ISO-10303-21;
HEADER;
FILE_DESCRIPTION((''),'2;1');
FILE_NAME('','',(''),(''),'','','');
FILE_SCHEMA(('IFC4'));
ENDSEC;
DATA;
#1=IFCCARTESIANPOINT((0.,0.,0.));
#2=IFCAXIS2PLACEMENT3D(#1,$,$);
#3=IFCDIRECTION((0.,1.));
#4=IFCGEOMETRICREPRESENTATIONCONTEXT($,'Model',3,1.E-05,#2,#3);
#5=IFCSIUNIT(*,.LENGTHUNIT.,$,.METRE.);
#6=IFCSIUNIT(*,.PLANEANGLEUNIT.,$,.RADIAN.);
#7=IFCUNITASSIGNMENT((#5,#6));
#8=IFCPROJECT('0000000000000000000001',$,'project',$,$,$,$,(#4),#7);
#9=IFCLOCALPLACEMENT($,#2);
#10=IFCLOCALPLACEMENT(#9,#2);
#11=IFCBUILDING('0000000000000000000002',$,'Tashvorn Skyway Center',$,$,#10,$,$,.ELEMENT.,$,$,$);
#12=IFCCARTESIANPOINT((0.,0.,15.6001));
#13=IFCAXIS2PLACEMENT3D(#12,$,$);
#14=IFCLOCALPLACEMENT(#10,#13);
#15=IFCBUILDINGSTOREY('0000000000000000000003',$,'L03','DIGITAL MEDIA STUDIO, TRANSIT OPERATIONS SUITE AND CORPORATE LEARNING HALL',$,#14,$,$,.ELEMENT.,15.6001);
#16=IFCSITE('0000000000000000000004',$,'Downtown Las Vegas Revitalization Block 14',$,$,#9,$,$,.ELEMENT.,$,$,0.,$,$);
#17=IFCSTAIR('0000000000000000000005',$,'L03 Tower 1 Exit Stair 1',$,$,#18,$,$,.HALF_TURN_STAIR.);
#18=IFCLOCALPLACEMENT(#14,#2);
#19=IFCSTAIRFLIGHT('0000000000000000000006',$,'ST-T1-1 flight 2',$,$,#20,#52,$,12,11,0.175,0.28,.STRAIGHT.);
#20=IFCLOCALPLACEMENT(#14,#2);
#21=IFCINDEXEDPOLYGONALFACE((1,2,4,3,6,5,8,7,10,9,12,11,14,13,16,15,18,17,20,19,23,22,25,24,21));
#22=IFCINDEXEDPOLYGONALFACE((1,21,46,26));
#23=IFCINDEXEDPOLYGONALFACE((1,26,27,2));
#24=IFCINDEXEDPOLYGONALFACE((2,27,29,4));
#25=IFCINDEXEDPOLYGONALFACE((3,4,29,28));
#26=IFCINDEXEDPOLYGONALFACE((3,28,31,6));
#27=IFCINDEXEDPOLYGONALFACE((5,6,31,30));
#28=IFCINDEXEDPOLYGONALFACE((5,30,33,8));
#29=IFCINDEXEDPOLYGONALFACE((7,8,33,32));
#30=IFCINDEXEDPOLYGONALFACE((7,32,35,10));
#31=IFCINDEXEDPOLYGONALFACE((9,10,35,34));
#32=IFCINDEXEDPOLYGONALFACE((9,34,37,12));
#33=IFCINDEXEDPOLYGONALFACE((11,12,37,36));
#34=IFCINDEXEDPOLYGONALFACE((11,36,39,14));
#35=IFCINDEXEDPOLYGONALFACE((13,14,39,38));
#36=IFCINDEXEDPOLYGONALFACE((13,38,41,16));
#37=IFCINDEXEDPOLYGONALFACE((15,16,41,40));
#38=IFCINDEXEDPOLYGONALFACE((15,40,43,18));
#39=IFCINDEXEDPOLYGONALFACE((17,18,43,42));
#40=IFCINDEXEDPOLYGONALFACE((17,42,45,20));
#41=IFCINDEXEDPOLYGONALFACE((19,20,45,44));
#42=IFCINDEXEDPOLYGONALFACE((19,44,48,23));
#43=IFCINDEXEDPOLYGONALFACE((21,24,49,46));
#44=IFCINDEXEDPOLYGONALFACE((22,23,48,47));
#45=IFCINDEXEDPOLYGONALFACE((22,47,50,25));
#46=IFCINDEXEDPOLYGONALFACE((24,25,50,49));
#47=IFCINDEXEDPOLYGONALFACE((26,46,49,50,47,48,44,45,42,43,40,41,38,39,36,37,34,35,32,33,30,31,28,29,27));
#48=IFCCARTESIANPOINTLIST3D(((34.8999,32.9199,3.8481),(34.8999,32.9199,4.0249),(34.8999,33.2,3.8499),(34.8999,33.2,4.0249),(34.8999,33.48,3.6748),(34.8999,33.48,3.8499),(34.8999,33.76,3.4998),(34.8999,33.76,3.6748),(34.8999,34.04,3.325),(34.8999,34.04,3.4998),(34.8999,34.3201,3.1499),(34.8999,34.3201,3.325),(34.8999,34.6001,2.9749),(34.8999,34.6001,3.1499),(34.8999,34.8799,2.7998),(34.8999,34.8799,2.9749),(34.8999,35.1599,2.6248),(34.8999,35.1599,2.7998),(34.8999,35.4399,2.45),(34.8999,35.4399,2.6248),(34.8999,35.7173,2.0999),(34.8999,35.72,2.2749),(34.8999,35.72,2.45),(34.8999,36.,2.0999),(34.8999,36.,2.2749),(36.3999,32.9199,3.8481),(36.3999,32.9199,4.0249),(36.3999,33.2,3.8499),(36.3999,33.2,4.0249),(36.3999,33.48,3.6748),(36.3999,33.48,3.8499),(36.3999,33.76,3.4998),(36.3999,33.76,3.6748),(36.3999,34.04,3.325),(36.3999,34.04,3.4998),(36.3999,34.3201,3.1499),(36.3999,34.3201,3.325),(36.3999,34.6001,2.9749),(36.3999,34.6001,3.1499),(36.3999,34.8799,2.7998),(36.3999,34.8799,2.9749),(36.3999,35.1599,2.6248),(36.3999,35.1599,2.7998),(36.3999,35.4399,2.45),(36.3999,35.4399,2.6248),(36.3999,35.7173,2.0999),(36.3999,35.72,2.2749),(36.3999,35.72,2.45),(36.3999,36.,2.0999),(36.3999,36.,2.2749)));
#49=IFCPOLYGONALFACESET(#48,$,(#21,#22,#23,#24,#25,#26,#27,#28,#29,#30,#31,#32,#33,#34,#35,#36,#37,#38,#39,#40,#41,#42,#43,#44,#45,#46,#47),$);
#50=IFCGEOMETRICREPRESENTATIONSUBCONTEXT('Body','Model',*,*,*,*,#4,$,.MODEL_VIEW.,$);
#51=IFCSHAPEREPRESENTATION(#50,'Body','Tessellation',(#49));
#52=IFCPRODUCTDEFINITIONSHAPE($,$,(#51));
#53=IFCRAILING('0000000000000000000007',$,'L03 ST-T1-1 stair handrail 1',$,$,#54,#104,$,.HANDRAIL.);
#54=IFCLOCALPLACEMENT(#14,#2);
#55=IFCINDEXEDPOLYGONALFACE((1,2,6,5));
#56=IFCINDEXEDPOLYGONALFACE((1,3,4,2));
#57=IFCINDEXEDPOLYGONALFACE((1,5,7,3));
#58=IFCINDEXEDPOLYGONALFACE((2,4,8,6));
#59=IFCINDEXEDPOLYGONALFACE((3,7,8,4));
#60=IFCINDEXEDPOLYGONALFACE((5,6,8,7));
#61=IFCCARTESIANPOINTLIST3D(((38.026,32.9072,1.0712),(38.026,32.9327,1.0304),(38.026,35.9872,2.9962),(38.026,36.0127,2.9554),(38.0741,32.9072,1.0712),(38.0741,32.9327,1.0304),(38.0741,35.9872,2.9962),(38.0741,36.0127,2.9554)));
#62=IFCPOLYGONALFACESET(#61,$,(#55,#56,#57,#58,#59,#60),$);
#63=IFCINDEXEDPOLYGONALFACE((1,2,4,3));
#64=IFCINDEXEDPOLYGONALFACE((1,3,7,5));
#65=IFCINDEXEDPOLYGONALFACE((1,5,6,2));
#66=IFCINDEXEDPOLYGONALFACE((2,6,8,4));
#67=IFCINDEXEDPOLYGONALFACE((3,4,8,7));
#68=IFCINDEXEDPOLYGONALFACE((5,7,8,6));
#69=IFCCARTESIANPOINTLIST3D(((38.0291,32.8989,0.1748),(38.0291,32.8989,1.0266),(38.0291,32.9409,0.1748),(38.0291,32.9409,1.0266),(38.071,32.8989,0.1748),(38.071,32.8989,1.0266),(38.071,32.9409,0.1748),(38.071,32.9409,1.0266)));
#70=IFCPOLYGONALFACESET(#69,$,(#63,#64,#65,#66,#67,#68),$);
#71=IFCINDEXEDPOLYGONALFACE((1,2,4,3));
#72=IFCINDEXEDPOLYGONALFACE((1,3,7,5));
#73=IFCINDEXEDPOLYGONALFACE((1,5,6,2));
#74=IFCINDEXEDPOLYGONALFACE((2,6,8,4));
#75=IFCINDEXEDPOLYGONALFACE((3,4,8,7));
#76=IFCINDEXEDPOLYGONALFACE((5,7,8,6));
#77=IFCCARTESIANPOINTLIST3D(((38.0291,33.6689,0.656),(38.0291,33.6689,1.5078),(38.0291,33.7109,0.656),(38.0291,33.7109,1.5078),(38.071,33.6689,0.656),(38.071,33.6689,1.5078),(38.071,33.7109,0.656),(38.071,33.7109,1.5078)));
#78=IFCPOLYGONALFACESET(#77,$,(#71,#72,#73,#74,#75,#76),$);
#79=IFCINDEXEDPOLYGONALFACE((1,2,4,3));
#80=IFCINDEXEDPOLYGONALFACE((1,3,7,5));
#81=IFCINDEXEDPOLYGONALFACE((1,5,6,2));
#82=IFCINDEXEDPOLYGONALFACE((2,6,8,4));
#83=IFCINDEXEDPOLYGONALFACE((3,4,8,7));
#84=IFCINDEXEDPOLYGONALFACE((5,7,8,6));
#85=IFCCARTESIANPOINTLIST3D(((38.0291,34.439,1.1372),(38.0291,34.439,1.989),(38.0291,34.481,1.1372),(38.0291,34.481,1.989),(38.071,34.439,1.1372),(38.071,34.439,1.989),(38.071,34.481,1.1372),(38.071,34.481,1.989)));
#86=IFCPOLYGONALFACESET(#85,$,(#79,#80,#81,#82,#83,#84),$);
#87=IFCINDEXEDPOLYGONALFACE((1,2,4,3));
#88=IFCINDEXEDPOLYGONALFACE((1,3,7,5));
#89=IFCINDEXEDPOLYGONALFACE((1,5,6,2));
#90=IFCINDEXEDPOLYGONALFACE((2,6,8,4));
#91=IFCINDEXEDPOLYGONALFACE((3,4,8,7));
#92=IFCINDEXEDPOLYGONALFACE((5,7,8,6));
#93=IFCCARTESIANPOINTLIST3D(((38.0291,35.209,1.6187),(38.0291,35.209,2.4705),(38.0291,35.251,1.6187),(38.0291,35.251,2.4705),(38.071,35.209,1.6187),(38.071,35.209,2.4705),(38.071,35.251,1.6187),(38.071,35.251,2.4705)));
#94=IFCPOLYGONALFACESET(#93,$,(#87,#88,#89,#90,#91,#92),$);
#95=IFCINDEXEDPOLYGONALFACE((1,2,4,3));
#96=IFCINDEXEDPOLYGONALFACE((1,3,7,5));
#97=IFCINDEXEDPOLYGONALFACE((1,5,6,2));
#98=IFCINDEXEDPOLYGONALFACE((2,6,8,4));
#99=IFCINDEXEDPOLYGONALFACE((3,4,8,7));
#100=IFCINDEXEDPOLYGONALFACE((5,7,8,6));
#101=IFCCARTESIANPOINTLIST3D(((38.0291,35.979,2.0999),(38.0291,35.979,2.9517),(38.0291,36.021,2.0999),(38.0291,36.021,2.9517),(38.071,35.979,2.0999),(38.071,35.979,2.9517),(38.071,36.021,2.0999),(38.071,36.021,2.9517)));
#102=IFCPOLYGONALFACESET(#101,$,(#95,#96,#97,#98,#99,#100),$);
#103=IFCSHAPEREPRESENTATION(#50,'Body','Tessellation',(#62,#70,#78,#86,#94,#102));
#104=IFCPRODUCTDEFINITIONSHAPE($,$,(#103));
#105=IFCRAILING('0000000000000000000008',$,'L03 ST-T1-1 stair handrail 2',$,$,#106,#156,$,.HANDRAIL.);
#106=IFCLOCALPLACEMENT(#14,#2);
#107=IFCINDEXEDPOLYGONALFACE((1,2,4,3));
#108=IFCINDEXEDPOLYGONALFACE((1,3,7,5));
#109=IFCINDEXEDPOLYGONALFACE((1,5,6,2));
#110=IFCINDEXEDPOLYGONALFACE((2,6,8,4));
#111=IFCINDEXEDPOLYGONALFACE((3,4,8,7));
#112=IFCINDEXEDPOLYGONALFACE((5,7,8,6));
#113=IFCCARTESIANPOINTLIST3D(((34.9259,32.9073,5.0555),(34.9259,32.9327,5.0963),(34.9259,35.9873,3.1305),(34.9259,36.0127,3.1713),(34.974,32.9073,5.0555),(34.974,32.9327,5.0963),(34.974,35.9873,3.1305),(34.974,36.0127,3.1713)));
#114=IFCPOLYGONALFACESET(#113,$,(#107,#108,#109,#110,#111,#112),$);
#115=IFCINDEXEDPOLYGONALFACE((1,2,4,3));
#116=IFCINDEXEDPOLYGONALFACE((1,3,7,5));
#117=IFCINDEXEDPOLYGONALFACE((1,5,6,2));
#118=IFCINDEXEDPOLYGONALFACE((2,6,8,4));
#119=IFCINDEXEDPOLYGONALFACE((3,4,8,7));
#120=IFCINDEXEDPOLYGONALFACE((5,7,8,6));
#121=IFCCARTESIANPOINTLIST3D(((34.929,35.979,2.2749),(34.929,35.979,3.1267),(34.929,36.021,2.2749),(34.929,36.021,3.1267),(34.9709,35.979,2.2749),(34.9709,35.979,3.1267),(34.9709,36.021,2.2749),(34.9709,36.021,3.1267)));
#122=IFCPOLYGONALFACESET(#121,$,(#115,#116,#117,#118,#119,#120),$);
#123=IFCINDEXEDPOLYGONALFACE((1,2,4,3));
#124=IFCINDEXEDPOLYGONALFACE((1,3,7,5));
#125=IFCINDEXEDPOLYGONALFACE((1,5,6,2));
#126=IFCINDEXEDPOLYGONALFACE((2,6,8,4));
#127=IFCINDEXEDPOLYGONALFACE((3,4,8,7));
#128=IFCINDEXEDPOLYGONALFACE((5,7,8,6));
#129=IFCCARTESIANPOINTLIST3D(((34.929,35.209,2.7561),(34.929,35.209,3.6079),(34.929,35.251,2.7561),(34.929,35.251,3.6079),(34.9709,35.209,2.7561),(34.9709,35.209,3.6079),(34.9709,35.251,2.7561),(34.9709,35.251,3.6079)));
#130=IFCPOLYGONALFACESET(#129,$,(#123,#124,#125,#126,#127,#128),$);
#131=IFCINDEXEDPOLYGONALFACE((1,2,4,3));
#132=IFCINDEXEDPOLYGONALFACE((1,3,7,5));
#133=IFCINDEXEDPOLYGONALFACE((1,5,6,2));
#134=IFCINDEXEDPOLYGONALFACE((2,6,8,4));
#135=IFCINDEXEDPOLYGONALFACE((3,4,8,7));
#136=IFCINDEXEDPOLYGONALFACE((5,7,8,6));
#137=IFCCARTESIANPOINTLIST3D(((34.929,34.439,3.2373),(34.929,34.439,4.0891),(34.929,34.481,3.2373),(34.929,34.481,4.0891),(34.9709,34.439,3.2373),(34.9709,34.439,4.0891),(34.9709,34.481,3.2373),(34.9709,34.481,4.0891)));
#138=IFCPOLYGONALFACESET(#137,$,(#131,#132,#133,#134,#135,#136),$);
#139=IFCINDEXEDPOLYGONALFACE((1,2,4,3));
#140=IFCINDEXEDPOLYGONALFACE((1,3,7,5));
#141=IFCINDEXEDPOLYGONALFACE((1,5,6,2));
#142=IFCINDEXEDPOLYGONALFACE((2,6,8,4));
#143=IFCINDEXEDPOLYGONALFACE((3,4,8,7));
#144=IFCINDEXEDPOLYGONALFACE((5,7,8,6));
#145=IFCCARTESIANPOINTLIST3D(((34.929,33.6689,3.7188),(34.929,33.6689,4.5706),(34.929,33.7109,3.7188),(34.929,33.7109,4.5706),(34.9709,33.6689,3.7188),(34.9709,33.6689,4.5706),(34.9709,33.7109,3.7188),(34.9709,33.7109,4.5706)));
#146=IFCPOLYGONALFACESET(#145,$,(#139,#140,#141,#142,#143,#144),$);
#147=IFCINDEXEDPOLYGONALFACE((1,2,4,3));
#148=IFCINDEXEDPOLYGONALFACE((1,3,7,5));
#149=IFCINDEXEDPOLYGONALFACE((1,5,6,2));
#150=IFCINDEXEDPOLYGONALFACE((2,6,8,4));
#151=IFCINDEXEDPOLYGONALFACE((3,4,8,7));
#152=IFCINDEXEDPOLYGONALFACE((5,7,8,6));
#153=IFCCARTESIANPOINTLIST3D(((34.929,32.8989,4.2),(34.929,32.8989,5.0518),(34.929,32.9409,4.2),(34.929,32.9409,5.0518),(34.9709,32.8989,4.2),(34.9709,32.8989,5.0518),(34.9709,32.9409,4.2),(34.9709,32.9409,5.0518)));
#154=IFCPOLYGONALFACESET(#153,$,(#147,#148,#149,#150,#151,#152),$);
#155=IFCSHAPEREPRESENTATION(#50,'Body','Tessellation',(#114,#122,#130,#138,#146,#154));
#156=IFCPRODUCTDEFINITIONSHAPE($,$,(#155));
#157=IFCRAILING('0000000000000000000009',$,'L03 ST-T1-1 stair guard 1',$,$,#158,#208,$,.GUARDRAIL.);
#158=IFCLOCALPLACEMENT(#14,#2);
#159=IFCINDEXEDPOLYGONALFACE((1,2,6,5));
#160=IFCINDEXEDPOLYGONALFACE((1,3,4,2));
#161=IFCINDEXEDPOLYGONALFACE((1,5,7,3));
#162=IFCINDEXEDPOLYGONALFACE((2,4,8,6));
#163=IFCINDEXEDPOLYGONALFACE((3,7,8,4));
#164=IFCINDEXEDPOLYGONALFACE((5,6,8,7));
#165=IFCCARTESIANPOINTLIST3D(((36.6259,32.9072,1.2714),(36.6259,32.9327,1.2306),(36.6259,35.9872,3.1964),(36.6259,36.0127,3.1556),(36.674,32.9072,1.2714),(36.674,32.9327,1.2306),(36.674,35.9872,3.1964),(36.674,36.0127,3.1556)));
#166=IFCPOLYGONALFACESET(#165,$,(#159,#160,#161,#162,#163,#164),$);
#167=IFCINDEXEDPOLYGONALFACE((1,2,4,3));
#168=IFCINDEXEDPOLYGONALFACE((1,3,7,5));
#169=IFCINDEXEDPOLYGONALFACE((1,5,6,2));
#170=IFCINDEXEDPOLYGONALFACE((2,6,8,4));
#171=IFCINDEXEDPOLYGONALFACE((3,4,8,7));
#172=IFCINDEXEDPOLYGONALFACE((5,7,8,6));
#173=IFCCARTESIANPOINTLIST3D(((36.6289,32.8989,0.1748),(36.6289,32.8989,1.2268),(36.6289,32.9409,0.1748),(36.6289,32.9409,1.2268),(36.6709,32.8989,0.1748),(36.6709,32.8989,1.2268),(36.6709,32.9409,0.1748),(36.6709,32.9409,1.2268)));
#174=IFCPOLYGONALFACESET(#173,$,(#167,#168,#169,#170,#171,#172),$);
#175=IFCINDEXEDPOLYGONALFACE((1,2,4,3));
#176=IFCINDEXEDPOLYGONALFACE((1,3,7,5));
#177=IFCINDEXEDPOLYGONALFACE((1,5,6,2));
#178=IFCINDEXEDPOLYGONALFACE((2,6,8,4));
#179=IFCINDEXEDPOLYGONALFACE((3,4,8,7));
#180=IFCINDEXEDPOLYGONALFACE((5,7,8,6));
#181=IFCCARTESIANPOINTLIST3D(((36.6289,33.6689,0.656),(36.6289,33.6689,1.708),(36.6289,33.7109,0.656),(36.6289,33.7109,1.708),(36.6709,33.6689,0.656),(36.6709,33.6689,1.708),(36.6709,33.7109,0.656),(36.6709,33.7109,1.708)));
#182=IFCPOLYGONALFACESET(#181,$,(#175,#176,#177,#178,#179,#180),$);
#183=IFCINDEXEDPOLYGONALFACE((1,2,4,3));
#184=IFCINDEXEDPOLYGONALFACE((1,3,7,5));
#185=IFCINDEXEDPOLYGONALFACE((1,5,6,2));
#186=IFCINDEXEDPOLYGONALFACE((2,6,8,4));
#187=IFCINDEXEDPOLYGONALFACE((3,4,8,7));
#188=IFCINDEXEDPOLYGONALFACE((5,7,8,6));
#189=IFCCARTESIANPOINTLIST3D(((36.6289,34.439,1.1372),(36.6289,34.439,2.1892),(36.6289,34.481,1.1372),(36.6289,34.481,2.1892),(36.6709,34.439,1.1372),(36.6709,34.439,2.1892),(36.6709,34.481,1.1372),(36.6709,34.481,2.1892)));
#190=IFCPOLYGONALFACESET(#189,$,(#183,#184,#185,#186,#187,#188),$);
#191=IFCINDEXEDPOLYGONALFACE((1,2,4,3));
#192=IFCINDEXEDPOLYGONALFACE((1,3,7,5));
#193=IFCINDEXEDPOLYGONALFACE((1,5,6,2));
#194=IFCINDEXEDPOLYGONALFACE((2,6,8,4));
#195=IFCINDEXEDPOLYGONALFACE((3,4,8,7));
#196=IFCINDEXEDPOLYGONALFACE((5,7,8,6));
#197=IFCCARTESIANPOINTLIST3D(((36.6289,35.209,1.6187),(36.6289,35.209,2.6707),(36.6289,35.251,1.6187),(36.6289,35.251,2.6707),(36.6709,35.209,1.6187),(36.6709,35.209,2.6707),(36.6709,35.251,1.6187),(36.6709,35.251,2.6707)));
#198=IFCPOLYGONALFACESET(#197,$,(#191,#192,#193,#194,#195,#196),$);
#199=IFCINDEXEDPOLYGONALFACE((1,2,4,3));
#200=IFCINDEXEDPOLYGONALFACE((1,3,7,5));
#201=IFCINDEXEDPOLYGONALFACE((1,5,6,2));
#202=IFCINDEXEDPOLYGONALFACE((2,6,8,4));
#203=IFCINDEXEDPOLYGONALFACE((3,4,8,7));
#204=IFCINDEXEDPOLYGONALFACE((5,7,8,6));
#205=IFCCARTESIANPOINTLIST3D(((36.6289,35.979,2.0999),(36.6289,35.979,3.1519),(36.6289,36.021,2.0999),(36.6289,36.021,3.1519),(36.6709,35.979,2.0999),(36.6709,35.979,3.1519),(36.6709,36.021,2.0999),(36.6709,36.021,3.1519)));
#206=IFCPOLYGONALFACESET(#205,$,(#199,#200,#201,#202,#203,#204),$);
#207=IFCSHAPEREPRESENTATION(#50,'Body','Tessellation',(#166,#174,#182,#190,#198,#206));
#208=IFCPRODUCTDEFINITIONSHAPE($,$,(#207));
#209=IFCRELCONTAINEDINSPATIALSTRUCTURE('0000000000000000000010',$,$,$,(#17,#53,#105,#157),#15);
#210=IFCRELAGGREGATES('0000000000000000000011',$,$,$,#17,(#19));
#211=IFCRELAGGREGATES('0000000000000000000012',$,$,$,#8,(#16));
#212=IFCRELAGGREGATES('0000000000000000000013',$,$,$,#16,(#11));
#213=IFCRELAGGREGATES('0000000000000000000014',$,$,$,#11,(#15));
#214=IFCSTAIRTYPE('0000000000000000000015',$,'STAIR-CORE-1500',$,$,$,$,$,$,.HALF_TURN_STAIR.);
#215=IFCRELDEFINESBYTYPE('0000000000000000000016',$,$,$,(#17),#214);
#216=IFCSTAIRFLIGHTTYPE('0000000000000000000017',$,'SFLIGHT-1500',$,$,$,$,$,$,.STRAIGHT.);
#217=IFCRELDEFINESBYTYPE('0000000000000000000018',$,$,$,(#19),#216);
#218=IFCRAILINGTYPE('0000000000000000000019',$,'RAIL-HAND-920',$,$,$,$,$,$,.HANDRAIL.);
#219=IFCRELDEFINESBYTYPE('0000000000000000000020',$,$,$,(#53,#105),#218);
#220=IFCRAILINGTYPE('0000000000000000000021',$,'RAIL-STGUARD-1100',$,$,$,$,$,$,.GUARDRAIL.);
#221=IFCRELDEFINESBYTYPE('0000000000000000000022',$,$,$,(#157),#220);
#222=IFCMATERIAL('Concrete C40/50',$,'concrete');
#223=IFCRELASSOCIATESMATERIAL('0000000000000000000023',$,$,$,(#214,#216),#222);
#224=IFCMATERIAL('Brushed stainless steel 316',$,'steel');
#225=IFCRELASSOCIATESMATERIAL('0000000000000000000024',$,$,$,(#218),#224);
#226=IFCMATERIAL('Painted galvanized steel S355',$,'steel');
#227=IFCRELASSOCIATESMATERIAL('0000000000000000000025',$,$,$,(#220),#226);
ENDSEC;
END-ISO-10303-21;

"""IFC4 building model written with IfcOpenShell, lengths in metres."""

from ifc_helpers import new_model, si_unit, direction, frame, origin, origin_2d, place, context, subcontext, project, spatial, polyline, rectangle, outline, extrude, material, type_object, element, aggregate, save


model = new_model("IFC4")

# Units and contexts
model_context = context("Model", 3, precision=1e-05, world=origin(), true_north=direction((0.0, 1.0)))
body_context = subcontext(model_context, "Body", "Model", "MODEL_VIEW")
ifc_project = project(units=[si_unit("LENGTHUNIT", "METRE"), si_unit("PLANEANGLEUNIT", "RADIAN")], contexts=[model_context])

# Site, building, storey
site_placement = place(None, origin())
site = spatial("IfcSite", under=ifc_project, at=site_placement, Name="Downtown Las Vegas Revitalization Block 14", CompositionType="ELEMENT", RefElevation=0.0)
building_placement = place(site_placement, origin())
building = spatial("IfcBuilding", under=site, at=building_placement, Name="Tashvorn Skyway Center", CompositionType="ELEMENT")
storey_placement = place(building_placement, frame((0.0, 0.0, 15.6001)))
storey = spatial("IfcBuildingStorey", under=building, at=storey_placement, Name="L03", Description="DIGITAL MEDIA STUDIO, TRANSIT OPERATIONS SUITE AND CORPORATE LEARNING HALL", CompositionType="ELEMENT", Elevation=15.6001)

# Shared definitions
ifc_material_1 = material(Name="Concrete C40/50", Category="concrete")

# Stair, stair flight
stair_type = type_object("IfcStairType", Name="STAIR-CORE-1500", PredefinedType="HALF_TURN_STAIR", material=ifc_material_1)
stair_placement = place(storey_placement, origin())
stair = element("IfcStair", 1, at=stair_placement, inside=storey, type_object=stair_type, Name="L03 Tower 1 Exit Stair 1", PredefinedType="HALF_TURN_STAIR")
stair_flight_type = type_object("IfcStairFlightType", Name="SFLIGHT-1500", PredefinedType="STRAIGHT", material=ifc_material_1)
stair_flight_1_placement = place(storey_placement, frame((35.6499, 36.0, 2.0999), z_axis=(0.0, 0.0, 1.0), x_axis=(0.0, -1.0, 0.0)))
stair_flight_1 = element("IfcStairFlight", 2, at=stair_flight_1_placement, type_object=stair_flight_type, Name="ST-T1-1 flight 2", NumberOfRisers=12, NumberOfTreads=11, PredefinedType="STRAIGHT", RiserHeight=0.175, TreadLength=0.28, context=body_context, shape_type="SweptSolid", body=[
    extrude(outline(polyline([(0.0, 0.0), (0.0, 0.175), (0.28, 0.175), (0.28, 0.3501), (0.5601, 0.3501), (0.5601, 0.5249), (0.8401, 0.5249), (0.8401, 0.7), (1.1201, 0.7), (1.1201, 0.875), (1.3999, 0.875), (1.3999, 1.05), (1.6799, 1.05), (1.6799, 1.2251), (1.96, 1.2251), (1.96, 1.3999), (2.24, 1.3999), (2.24, 1.575), (2.52, 1.575), (2.52, 1.75), (2.8, 1.75), (2.8, 1.925), (3.0801, 1.925), (3.0801, 2.1001), (3.0801, 1.7483), (0.2827, 0.0), (0.0, 0.0)])), frame((0.0, 0.75, 0.0), z_axis=(0.0, -1.0, 0.0), x_axis=(1.0, 0.0, 0.0)), (0.0, 0.0, 1.0), 1.5),
])
aggregate(stair, [stair_flight_1])

# Railings
ifc_material_2 = material(Name="Brushed stainless steel 316", Category="steel")
railing_type_1 = type_object("IfcRailingType", Name="RAIL-HAND-920", PredefinedType="HANDRAIL", material=ifc_material_2)
railing_1_placement = place(storey_placement, frame((38.05, 32.9199, 0.1748)))
element("IfcRailing", 3, at=railing_1_placement, inside=storey, type_object=railing_type_1, Name="L03 ST-T1-1 stair handrail 1", PredefinedType="HANDRAIL", context=body_context, shape_type="SweptSolid", body=[
    extrude(rectangle(XDim=0.0481, YDim=0.0481, at=origin_2d()), frame((0.0, 0.0, 0.876), z_axis=(0.0, 0.847998, 0.529999), x_axis=(-1.0, 0.0, 0.0)), (0.0, 0.0, 1.0), 3.6321),
    extrude(rectangle(XDim=0.042, YDim=0.042, at=origin_2d()), origin(), (0.0, 0.0, 1.0), 0.8518),
    extrude(rectangle(XDim=0.042, YDim=0.042, at=origin_2d()), frame((0.0, 0.77, 0.4812)), (0.0, 0.0, 1.0), 0.8518),
    extrude(rectangle(XDim=0.042, YDim=0.042, at=origin_2d()), frame((0.0, 1.54, 0.9624)), (0.0, 0.0, 1.0), 0.8518),
    extrude(rectangle(XDim=0.042, YDim=0.042, at=origin_2d()), frame((0.0, 2.3101, 1.4438)), (0.0, 0.0, 1.0), 0.8518),
    extrude(rectangle(XDim=0.042, YDim=0.042, at=origin_2d()), frame((0.0, 3.0801, 1.925)), (0.0, 0.0, 1.0), 0.8518),
])
railing_2_placement = place(storey_placement, frame((34.95, 36.0, 2.2749)))
element("IfcRailing", 4, at=railing_2_placement, inside=storey, type_object=railing_type_1, Name="L03 ST-T1-1 stair handrail 2", PredefinedType="HANDRAIL", context=body_context, shape_type="SweptSolid", body=[
    extrude(rectangle(XDim=0.0481, YDim=0.0481, at=origin_2d()), frame((0.0, 0.0, 0.876), z_axis=(0.0, -0.847998, 0.529999), x_axis=(1.0, 0.0, 0.0)), (0.0, 0.0, 1.0), 3.6321),
    extrude(rectangle(XDim=0.042, YDim=0.042, at=origin_2d()), origin(), (0.0, 0.0, 1.0), 0.8518),
    extrude(rectangle(XDim=0.042, YDim=0.042, at=origin_2d()), frame((0.0, -0.77, 0.4812)), (0.0, 0.0, 1.0), 0.8518),
    extrude(rectangle(XDim=0.042, YDim=0.042, at=origin_2d()), frame((0.0, -1.54, 0.9624)), (0.0, 0.0, 1.0), 0.8518),
    extrude(rectangle(XDim=0.042, YDim=0.042, at=origin_2d()), frame((0.0, -2.3101, 1.4438)), (0.0, 0.0, 1.0), 0.8518),
    extrude(rectangle(XDim=0.042, YDim=0.042, at=origin_2d()), frame((0.0, -3.0801, 1.925)), (0.0, 0.0, 1.0), 0.8518),
])
ifc_material_3 = material(Name="Painted galvanized steel S355", Category="steel")
railing_type_2 = type_object("IfcRailingType", Name="RAIL-STGUARD-1100", PredefinedType="GUARDRAIL", material=ifc_material_3)
railing_3_placement = place(storey_placement, frame((36.6499, 32.9199, 0.1748)))
element("IfcRailing", 5, at=railing_3_placement, inside=storey, type_object=railing_type_2, Name="L03 ST-T1-1 stair guard 1", PredefinedType="GUARDRAIL", context=body_context, shape_type="SweptSolid", body=[
    extrude(rectangle(XDim=0.0481, YDim=0.0481, at=origin_2d()), frame((0.0, 0.0, 1.0762), z_axis=(0.0, 0.847998, 0.529999), x_axis=(-1.0, 0.0, 0.0)), (0.0, 0.0, 1.0), 3.6321),
    extrude(rectangle(XDim=0.042, YDim=0.042, at=origin_2d()), origin(), (0.0, 0.0, 1.0), 1.052),
    extrude(rectangle(XDim=0.042, YDim=0.042, at=origin_2d()), frame((0.0, 0.77, 0.4812)), (0.0, 0.0, 1.0), 1.052),
    extrude(rectangle(XDim=0.042, YDim=0.042, at=origin_2d()), frame((0.0, 1.54, 0.9624)), (0.0, 0.0, 1.0), 1.052),
    extrude(rectangle(XDim=0.042, YDim=0.042, at=origin_2d()), frame((0.0, 2.3101, 1.4438)), (0.0, 0.0, 1.0), 1.052),
    extrude(rectangle(XDim=0.042, YDim=0.042, at=origin_2d()), frame((0.0, 3.0801, 1.925)), (0.0, 0.0, 1.0), 1.052),
])

save(model, "model.ifc")
